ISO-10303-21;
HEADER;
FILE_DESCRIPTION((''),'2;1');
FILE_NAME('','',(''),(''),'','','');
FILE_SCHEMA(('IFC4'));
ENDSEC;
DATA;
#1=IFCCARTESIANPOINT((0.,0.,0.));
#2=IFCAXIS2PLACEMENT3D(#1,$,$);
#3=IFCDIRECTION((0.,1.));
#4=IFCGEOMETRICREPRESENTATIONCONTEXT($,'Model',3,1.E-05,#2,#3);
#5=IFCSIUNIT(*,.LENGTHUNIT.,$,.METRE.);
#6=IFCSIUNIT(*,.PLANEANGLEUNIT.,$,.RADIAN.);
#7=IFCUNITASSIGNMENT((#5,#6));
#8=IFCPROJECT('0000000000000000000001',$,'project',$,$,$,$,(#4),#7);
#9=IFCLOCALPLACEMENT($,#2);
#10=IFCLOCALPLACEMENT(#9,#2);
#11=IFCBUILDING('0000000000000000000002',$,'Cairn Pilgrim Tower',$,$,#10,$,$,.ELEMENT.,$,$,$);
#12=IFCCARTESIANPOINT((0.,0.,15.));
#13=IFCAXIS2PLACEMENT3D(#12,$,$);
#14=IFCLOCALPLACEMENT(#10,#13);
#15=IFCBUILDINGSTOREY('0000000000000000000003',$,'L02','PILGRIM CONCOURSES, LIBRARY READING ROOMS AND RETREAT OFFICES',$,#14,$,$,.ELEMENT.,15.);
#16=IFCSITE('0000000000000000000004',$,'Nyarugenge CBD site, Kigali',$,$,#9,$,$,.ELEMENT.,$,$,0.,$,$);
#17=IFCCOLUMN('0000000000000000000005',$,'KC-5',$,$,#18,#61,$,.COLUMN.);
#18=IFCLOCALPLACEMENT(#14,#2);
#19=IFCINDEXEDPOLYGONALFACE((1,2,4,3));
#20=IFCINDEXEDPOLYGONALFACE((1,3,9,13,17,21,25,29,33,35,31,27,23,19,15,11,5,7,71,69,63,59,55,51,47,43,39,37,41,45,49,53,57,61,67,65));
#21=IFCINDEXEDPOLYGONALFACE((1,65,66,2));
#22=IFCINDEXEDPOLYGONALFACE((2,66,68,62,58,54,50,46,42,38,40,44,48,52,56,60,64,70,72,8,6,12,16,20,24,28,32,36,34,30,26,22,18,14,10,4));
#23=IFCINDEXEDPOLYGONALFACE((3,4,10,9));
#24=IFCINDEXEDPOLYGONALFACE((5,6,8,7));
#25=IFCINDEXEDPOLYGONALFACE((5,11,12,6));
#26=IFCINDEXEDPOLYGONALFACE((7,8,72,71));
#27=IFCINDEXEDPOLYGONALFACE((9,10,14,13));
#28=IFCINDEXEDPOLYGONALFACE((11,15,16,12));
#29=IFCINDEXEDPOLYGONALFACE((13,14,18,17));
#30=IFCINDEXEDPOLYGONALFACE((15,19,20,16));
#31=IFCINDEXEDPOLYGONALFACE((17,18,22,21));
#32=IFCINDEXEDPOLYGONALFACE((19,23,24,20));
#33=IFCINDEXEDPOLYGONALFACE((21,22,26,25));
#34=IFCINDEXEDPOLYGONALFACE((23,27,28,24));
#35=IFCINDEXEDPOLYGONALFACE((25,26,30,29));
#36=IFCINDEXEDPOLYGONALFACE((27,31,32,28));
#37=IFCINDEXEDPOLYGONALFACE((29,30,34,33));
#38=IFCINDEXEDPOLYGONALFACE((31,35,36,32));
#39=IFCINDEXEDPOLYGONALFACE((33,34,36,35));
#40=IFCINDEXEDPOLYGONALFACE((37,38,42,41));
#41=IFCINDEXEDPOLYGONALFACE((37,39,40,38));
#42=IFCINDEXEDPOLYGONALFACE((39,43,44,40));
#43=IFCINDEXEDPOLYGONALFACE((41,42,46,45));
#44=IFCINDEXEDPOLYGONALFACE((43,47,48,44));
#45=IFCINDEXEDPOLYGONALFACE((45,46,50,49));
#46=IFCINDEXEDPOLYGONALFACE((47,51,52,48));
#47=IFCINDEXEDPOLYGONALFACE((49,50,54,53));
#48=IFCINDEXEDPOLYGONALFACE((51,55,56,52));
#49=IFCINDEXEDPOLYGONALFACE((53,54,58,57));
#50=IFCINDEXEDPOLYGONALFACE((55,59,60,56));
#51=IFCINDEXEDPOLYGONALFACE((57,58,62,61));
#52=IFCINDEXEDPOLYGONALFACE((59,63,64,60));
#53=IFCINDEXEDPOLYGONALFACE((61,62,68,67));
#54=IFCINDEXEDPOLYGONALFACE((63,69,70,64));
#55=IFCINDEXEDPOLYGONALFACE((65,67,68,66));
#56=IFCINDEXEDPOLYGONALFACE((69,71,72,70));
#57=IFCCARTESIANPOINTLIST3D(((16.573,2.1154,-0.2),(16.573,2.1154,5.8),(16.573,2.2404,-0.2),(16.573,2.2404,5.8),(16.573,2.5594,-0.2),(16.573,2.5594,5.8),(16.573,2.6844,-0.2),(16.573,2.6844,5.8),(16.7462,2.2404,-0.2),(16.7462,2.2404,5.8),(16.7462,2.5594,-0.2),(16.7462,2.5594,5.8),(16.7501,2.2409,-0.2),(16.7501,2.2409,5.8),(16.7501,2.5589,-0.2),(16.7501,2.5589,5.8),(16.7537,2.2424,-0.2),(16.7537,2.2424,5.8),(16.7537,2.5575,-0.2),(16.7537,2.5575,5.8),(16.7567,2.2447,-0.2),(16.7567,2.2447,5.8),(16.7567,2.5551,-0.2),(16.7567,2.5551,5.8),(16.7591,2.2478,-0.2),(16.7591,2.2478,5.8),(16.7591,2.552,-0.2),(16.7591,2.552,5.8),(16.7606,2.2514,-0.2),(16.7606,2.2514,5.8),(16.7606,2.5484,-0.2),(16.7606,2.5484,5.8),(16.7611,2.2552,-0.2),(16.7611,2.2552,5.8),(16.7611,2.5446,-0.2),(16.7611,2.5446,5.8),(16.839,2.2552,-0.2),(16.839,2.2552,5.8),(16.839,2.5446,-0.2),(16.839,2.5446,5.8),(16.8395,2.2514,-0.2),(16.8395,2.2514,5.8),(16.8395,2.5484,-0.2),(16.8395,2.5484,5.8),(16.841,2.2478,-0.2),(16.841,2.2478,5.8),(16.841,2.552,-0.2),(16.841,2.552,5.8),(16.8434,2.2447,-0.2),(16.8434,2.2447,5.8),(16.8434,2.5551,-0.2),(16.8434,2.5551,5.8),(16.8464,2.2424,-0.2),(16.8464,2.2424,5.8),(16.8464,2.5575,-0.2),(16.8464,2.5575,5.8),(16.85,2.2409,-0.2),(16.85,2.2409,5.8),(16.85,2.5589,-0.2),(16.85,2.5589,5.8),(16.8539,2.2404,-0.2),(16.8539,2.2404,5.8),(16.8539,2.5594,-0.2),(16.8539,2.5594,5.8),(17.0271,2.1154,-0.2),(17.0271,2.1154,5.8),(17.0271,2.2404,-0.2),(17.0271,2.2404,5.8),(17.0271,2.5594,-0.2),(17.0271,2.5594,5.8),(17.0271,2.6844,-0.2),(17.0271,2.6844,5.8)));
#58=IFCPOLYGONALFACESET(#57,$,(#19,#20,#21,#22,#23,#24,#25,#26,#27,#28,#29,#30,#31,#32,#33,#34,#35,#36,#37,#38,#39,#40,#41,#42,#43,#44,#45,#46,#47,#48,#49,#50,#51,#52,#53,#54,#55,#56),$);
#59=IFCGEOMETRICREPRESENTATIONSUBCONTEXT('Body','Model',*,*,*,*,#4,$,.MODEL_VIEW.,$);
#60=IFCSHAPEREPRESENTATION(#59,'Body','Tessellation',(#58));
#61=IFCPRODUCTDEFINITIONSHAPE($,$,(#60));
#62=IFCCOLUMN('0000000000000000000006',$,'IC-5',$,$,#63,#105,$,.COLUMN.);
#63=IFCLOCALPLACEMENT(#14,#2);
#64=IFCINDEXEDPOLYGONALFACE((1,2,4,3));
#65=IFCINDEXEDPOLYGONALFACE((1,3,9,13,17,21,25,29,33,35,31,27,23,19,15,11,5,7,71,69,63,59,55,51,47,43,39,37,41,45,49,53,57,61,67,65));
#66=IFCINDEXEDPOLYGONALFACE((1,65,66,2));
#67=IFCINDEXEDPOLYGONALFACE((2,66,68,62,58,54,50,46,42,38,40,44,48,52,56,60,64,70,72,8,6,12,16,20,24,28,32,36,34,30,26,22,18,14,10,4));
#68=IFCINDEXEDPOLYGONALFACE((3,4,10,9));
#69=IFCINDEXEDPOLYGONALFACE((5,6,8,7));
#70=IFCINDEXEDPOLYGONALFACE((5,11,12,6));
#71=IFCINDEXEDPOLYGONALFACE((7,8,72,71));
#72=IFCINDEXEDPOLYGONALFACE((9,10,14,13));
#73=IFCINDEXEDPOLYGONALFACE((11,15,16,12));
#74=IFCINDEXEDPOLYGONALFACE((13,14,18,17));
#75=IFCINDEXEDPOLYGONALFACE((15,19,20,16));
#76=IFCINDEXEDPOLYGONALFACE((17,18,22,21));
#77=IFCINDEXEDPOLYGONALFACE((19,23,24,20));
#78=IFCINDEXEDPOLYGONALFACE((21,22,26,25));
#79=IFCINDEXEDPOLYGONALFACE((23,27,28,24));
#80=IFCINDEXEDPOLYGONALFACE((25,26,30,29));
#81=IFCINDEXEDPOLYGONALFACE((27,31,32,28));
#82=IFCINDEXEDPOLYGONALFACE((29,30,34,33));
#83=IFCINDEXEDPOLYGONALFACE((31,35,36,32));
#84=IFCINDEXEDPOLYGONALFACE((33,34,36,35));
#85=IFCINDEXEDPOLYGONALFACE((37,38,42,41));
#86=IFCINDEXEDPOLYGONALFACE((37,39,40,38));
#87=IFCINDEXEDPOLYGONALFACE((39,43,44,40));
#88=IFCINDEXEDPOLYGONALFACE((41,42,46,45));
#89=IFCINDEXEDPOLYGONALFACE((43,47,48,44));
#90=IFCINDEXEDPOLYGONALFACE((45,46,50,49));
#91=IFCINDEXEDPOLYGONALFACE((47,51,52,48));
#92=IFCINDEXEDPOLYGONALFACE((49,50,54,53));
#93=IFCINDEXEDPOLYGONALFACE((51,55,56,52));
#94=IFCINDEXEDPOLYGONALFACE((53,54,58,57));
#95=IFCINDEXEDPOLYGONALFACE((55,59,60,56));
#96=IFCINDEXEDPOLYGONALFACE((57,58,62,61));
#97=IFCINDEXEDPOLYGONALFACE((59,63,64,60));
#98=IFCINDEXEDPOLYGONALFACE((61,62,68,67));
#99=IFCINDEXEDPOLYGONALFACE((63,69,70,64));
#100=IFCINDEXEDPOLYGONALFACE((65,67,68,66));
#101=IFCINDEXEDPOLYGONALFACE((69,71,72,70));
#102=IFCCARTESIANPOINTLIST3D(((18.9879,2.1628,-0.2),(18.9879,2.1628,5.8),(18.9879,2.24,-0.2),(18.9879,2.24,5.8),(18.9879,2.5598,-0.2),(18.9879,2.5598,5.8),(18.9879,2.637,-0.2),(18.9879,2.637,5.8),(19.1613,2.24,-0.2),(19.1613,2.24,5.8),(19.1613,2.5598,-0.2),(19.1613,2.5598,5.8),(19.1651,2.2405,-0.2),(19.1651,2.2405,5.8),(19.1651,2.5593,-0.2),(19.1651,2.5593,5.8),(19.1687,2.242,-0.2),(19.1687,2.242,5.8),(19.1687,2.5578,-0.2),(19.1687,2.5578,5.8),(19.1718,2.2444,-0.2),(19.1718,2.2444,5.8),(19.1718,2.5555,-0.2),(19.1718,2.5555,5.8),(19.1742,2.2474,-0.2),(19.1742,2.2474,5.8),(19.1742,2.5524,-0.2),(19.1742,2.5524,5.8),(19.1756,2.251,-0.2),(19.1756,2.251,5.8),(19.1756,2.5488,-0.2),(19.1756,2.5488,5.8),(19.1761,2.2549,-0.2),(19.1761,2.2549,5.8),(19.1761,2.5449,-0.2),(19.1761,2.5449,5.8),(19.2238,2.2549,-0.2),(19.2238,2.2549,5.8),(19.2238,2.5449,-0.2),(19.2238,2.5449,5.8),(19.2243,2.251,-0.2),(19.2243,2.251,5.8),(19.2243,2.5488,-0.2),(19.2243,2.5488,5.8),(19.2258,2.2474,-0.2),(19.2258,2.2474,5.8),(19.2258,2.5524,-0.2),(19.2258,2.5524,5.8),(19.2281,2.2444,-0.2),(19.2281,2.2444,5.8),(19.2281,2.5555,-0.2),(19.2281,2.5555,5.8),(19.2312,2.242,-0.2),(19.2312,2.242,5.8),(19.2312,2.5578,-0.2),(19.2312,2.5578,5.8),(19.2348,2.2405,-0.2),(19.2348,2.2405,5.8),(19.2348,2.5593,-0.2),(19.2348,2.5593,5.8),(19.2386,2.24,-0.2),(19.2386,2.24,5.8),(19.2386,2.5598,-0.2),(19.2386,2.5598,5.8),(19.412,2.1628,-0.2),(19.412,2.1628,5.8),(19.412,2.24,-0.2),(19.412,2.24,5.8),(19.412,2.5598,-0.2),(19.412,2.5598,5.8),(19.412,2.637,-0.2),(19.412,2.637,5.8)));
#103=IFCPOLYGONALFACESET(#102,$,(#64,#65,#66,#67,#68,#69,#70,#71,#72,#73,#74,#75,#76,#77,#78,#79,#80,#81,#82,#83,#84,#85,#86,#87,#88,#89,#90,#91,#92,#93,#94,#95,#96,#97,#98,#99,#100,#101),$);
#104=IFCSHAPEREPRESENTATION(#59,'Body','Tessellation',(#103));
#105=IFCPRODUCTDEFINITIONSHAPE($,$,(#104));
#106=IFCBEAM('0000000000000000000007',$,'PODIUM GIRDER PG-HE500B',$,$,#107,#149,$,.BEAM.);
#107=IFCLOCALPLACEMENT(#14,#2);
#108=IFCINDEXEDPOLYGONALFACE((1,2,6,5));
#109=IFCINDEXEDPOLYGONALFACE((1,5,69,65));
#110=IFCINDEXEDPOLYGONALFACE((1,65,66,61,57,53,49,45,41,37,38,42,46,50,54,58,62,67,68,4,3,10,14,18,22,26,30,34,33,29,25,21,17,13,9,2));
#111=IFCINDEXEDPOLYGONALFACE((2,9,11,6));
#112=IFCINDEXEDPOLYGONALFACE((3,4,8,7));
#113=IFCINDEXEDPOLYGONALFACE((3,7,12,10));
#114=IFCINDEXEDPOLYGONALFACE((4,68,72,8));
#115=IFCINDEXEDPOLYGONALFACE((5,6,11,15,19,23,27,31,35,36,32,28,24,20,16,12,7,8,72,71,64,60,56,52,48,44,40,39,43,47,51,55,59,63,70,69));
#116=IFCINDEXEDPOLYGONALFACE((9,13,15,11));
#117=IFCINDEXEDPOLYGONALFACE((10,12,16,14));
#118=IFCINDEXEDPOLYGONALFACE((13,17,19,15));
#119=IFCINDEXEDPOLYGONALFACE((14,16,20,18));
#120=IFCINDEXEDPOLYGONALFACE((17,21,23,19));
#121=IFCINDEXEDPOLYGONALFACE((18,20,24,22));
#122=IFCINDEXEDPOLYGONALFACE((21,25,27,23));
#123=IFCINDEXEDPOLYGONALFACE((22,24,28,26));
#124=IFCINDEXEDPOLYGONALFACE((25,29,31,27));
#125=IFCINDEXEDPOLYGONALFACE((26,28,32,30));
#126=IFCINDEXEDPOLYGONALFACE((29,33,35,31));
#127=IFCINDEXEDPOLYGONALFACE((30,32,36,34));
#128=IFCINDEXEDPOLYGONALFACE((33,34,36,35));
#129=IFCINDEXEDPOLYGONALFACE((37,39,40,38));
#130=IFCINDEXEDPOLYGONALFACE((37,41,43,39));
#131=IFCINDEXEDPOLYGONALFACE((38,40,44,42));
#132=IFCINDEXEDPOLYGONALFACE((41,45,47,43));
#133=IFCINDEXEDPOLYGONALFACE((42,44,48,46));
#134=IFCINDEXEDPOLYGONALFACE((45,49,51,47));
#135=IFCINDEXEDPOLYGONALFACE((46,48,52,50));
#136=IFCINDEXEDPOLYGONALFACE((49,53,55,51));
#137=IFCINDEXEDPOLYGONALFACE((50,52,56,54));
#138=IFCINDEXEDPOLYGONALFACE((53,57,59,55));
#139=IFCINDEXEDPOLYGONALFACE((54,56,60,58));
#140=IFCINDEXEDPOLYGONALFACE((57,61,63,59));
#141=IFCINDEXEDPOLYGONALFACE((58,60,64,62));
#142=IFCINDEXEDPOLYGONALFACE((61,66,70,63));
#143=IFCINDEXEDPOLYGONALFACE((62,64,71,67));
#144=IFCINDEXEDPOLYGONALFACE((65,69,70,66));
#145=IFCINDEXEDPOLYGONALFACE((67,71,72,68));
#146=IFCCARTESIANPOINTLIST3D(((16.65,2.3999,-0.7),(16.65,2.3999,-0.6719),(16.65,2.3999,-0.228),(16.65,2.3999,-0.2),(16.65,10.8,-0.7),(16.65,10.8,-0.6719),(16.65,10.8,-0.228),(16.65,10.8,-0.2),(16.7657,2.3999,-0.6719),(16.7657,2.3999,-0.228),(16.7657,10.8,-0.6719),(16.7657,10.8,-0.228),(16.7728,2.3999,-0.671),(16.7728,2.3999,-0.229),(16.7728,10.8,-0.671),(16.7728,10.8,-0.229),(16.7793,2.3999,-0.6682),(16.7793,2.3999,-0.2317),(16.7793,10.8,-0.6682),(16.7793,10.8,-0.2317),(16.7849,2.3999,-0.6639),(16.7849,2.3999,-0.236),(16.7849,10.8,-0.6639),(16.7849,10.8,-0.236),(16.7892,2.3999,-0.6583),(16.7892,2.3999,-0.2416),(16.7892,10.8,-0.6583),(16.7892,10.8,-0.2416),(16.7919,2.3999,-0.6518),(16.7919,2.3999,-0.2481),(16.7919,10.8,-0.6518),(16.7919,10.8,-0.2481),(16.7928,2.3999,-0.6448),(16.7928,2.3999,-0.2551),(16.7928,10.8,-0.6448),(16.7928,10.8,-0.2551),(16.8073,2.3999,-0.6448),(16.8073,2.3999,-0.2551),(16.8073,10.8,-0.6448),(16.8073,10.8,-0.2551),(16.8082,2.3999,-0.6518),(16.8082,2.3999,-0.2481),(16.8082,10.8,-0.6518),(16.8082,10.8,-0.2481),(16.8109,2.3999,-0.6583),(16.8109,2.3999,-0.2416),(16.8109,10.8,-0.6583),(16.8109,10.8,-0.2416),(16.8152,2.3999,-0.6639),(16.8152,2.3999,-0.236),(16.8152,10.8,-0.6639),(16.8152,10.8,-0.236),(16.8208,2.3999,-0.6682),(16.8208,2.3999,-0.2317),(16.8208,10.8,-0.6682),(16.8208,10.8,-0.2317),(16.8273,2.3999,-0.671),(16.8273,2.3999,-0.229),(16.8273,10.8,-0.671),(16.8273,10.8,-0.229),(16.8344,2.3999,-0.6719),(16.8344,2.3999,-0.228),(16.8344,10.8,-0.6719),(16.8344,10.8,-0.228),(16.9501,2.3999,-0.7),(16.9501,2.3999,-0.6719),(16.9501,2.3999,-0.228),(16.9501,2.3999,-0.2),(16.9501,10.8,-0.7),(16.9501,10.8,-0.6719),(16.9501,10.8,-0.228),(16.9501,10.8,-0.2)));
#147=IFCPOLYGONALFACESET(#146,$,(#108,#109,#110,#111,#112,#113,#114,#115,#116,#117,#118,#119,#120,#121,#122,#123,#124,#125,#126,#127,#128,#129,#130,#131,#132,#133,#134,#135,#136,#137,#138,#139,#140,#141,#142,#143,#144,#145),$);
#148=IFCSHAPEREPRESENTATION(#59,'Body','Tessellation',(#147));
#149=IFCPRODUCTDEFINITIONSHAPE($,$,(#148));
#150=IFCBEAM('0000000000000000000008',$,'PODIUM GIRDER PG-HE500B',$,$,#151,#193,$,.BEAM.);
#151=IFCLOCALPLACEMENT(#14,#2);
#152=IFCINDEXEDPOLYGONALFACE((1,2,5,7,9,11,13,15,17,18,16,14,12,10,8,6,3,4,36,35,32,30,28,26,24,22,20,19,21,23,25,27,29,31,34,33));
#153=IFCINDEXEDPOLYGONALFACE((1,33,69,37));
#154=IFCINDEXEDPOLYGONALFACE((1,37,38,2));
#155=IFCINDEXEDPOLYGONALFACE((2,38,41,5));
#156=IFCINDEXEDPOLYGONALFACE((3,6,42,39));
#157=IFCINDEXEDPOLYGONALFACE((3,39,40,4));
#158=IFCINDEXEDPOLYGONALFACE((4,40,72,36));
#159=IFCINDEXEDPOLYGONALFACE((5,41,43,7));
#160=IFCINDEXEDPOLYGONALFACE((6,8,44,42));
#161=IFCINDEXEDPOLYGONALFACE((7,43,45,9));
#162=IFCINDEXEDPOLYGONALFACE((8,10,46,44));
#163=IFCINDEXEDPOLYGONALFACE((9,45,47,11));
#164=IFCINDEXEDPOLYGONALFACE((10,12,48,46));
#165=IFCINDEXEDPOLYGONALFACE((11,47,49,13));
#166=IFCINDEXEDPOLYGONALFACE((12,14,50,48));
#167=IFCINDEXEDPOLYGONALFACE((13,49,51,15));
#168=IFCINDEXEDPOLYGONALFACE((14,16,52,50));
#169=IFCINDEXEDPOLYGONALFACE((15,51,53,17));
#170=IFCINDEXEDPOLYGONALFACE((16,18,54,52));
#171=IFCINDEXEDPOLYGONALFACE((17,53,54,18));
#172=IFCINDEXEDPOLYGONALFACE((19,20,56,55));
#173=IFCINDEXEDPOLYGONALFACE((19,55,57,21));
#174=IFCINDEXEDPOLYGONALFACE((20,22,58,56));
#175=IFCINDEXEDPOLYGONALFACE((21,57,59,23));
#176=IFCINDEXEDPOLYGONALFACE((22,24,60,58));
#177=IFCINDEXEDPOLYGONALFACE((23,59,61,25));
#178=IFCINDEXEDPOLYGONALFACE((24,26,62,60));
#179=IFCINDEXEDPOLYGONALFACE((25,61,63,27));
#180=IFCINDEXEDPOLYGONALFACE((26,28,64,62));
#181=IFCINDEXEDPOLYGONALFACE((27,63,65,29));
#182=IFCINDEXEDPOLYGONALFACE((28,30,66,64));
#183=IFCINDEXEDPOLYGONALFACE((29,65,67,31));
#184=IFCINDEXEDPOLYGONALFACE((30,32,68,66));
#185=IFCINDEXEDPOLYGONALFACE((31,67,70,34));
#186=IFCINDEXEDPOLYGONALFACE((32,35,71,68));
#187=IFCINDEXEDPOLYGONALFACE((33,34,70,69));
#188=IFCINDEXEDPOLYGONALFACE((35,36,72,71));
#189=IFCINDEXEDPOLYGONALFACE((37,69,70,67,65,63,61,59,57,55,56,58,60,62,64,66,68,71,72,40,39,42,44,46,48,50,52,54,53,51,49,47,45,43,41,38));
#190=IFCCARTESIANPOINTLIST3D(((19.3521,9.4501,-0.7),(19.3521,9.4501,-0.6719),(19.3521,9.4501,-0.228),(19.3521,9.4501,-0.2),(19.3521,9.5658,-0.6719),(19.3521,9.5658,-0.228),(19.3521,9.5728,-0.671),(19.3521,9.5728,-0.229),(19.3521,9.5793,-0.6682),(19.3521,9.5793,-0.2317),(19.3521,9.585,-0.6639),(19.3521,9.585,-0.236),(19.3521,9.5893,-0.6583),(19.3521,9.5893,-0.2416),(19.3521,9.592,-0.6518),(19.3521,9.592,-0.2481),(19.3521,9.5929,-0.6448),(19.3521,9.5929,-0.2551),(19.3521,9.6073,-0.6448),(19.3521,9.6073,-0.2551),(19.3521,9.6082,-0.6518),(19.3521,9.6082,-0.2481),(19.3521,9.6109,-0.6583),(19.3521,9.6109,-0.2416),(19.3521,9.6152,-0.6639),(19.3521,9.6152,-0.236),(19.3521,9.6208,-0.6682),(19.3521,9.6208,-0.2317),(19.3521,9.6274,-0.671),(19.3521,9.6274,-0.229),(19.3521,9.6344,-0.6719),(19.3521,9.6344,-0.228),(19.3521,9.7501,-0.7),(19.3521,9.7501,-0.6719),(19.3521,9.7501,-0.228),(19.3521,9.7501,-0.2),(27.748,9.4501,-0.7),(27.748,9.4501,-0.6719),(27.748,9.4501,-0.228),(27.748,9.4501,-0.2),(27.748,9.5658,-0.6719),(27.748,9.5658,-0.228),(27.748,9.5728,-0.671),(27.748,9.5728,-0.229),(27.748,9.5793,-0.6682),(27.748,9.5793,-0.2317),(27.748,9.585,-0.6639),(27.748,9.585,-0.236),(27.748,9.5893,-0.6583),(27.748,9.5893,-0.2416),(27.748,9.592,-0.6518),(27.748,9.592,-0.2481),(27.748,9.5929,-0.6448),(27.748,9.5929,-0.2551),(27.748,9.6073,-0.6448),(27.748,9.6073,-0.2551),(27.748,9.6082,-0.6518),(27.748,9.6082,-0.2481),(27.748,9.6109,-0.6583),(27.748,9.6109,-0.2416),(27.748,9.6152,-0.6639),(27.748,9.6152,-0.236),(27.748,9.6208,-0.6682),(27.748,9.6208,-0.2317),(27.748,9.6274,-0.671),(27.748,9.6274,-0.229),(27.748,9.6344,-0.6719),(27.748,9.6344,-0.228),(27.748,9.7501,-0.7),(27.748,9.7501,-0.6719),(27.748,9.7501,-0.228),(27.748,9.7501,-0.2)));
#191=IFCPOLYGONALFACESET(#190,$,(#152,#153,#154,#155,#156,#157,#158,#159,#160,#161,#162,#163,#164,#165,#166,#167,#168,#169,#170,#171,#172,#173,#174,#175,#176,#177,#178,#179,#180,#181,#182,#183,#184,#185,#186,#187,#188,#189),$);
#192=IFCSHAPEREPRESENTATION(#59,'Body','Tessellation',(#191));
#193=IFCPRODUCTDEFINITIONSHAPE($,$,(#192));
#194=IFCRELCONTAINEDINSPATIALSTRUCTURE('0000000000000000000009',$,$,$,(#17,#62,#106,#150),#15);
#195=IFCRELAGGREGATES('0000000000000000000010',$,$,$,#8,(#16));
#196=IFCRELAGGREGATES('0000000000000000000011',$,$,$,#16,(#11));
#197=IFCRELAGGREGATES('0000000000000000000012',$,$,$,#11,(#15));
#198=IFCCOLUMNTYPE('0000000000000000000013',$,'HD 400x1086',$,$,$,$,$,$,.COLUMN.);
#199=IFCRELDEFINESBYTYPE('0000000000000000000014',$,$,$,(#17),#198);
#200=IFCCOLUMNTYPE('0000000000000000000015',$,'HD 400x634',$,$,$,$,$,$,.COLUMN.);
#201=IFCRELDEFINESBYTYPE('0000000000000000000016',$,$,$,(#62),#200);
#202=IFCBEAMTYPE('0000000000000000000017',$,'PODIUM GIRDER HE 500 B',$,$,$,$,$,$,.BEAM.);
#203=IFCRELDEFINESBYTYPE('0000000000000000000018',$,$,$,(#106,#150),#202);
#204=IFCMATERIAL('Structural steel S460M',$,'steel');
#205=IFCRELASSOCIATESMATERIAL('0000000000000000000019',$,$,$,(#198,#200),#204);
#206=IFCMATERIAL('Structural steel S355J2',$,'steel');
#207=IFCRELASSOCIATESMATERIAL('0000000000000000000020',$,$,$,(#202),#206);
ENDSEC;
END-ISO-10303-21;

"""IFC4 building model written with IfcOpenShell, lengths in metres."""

from ifc_helpers import new_model, si_unit, direction, frame, origin, origin_2d, place, context, subcontext, project, spatial, i_section, extrude, material, material_profile, profile_set, type_object, element, save


model = new_model("IFC4")

# Units and contexts
model_context = context("Model", 3, precision=1e-05, world=origin(), true_north=direction((0.0, 1.0)))
body_context = subcontext(model_context, "Body", "Model", "MODEL_VIEW")
ifc_project = project(units=[si_unit("LENGTHUNIT", "METRE"), si_unit("PLANEANGLEUNIT", "RADIAN")], contexts=[model_context])

# Site, building, storey
site_placement = place(None, origin())
site = spatial("IfcSite", under=ifc_project, at=site_placement, Name="Nyarugenge CBD site, Kigali", CompositionType="ELEMENT", RefElevation=0.0)
building_placement = place(site_placement, origin())
building = spatial("IfcBuilding", under=site, at=building_placement, Name="Cairn Pilgrim Tower", CompositionType="ELEMENT")
storey_placement = place(building_placement, frame((0.0, 0.0, 15.0)))
storey = spatial("IfcBuildingStorey", under=building, at=storey_placement, Name="L02", Description="PILGRIM CONCOURSES, LIBRARY READING ROOMS AND RETREAT OFFICES", CompositionType="ELEMENT", Elevation=15.0)

# Columns
ifc_material_1 = material(Name="Structural steel S460M", Category="steel")
ifc_material_profile_1 = material_profile(ifc_material_1, i_section(OverallWidth=0.4541, OverallDepth=0.5691, WebThickness=0.0779, FlangeThickness=0.125, FilletRadius=0.0149, at=origin_2d()), Name="HD 400x1086")
ifc_profile_set_1 = profile_set([ifc_material_profile_1], Name="Structural steel S460M")
column_type_1 = type_object("IfcColumnType", Name="HD 400x1086", PredefinedType="COLUMN", material=ifc_profile_set_1)
column_1_placement = place(storey_placement, frame((16.8, 2.3999, -0.2), z_axis=(0.0, 0.0, 1.0), x_axis=(1.0, 0.0, 0.0)))
element("IfcColumn", 1, at=column_1_placement, inside=storey, type_object=column_type_1, Name="KC-5", PredefinedType="COLUMN", context=body_context, shape_type="SweptSolid", body=[
    extrude(i_section(OverallWidth=0.4541, OverallDepth=0.5691, WebThickness=0.0779, FlangeThickness=0.125, FilletRadius=0.0149, at=origin_2d()), origin(), (0.0, 0.0, 1.0), 6.0),
])
ifc_material_profile_2 = material_profile(ifc_material_1, i_section(OverallWidth=0.4241, OverallDepth=0.4741, WebThickness=0.0476, FlangeThickness=0.0771, FilletRadius=0.0149, at=origin_2d()), Name="HD 400x634")
ifc_profile_set_2 = profile_set([ifc_material_profile_2], Name="Structural steel S460M")
column_type_2 = type_object("IfcColumnType", Name="HD 400x634", PredefinedType="COLUMN", material=ifc_profile_set_2)
column_2_placement = place(storey_placement, frame((19.2, 2.3999, -0.2), z_axis=(0.0, 0.0, 1.0), x_axis=(1.0, 0.0, 0.0)))
element("IfcColumn", 2, at=column_2_placement, inside=storey, type_object=column_type_2, Name="IC-5", PredefinedType="COLUMN", context=body_context, shape_type="SweptSolid", body=[
    extrude(i_section(OverallWidth=0.4241, OverallDepth=0.4741, WebThickness=0.0476, FlangeThickness=0.0771, FilletRadius=0.0149, at=origin_2d()), origin(), (0.0, 0.0, 1.0), 6.0),
])

# Beams
ifc_material_2 = material(Name="Structural steel S355J2", Category="steel")
ifc_material_profile_3 = material_profile(ifc_material_2, i_section(OverallWidth=0.3, OverallDepth=0.5, WebThickness=0.0144, FlangeThickness=0.0281, FilletRadius=0.0271, at=origin_2d()), Name="HEB 500")
ifc_profile_set_3 = profile_set([ifc_material_profile_3], Name="Structural steel S355J2")
beam_type_1 = type_object("IfcBeamType", Name="PODIUM GIRDER HE 500 B", PredefinedType="BEAM", material=ifc_profile_set_3)
beam_1_placement = place(storey_placement, frame((16.8, 2.3999, -0.45), z_axis=(0.0, 1.0, 0.0), x_axis=(-1.0, 0.0, 0.0)))
element("IfcBeam", 3, at=beam_1_placement, inside=storey, type_object=beam_type_1, Name="PODIUM GIRDER PG-HE500B", PredefinedType="BEAM", context=body_context, shape_type="SweptSolid", body=[
    extrude(i_section(OverallWidth=0.3, OverallDepth=0.5, WebThickness=0.0144, FlangeThickness=0.0281, FilletRadius=0.0271, at=origin_2d()), origin(), (0.0, 0.0, 1.0), 8.4001),
])
beam_2_placement = place(storey_placement, frame((19.3521, 9.6001, -0.45), z_axis=(1.0, 0.0, 0.0), x_axis=(0.0, 1.0, 0.0)))
element("IfcBeam", 4, at=beam_2_placement, inside=storey, type_object=beam_type_1, Name="PODIUM GIRDER PG-HE500B", PredefinedType="BEAM", context=body_context, shape_type="SweptSolid", body=[
    extrude(i_section(OverallWidth=0.3, OverallDepth=0.5, WebThickness=0.0144, FlangeThickness=0.0281, FilletRadius=0.0271, at=origin_2d()), origin(), (0.0, 0.0, 1.0), 8.396),
])

save(model, "model.ifc")
